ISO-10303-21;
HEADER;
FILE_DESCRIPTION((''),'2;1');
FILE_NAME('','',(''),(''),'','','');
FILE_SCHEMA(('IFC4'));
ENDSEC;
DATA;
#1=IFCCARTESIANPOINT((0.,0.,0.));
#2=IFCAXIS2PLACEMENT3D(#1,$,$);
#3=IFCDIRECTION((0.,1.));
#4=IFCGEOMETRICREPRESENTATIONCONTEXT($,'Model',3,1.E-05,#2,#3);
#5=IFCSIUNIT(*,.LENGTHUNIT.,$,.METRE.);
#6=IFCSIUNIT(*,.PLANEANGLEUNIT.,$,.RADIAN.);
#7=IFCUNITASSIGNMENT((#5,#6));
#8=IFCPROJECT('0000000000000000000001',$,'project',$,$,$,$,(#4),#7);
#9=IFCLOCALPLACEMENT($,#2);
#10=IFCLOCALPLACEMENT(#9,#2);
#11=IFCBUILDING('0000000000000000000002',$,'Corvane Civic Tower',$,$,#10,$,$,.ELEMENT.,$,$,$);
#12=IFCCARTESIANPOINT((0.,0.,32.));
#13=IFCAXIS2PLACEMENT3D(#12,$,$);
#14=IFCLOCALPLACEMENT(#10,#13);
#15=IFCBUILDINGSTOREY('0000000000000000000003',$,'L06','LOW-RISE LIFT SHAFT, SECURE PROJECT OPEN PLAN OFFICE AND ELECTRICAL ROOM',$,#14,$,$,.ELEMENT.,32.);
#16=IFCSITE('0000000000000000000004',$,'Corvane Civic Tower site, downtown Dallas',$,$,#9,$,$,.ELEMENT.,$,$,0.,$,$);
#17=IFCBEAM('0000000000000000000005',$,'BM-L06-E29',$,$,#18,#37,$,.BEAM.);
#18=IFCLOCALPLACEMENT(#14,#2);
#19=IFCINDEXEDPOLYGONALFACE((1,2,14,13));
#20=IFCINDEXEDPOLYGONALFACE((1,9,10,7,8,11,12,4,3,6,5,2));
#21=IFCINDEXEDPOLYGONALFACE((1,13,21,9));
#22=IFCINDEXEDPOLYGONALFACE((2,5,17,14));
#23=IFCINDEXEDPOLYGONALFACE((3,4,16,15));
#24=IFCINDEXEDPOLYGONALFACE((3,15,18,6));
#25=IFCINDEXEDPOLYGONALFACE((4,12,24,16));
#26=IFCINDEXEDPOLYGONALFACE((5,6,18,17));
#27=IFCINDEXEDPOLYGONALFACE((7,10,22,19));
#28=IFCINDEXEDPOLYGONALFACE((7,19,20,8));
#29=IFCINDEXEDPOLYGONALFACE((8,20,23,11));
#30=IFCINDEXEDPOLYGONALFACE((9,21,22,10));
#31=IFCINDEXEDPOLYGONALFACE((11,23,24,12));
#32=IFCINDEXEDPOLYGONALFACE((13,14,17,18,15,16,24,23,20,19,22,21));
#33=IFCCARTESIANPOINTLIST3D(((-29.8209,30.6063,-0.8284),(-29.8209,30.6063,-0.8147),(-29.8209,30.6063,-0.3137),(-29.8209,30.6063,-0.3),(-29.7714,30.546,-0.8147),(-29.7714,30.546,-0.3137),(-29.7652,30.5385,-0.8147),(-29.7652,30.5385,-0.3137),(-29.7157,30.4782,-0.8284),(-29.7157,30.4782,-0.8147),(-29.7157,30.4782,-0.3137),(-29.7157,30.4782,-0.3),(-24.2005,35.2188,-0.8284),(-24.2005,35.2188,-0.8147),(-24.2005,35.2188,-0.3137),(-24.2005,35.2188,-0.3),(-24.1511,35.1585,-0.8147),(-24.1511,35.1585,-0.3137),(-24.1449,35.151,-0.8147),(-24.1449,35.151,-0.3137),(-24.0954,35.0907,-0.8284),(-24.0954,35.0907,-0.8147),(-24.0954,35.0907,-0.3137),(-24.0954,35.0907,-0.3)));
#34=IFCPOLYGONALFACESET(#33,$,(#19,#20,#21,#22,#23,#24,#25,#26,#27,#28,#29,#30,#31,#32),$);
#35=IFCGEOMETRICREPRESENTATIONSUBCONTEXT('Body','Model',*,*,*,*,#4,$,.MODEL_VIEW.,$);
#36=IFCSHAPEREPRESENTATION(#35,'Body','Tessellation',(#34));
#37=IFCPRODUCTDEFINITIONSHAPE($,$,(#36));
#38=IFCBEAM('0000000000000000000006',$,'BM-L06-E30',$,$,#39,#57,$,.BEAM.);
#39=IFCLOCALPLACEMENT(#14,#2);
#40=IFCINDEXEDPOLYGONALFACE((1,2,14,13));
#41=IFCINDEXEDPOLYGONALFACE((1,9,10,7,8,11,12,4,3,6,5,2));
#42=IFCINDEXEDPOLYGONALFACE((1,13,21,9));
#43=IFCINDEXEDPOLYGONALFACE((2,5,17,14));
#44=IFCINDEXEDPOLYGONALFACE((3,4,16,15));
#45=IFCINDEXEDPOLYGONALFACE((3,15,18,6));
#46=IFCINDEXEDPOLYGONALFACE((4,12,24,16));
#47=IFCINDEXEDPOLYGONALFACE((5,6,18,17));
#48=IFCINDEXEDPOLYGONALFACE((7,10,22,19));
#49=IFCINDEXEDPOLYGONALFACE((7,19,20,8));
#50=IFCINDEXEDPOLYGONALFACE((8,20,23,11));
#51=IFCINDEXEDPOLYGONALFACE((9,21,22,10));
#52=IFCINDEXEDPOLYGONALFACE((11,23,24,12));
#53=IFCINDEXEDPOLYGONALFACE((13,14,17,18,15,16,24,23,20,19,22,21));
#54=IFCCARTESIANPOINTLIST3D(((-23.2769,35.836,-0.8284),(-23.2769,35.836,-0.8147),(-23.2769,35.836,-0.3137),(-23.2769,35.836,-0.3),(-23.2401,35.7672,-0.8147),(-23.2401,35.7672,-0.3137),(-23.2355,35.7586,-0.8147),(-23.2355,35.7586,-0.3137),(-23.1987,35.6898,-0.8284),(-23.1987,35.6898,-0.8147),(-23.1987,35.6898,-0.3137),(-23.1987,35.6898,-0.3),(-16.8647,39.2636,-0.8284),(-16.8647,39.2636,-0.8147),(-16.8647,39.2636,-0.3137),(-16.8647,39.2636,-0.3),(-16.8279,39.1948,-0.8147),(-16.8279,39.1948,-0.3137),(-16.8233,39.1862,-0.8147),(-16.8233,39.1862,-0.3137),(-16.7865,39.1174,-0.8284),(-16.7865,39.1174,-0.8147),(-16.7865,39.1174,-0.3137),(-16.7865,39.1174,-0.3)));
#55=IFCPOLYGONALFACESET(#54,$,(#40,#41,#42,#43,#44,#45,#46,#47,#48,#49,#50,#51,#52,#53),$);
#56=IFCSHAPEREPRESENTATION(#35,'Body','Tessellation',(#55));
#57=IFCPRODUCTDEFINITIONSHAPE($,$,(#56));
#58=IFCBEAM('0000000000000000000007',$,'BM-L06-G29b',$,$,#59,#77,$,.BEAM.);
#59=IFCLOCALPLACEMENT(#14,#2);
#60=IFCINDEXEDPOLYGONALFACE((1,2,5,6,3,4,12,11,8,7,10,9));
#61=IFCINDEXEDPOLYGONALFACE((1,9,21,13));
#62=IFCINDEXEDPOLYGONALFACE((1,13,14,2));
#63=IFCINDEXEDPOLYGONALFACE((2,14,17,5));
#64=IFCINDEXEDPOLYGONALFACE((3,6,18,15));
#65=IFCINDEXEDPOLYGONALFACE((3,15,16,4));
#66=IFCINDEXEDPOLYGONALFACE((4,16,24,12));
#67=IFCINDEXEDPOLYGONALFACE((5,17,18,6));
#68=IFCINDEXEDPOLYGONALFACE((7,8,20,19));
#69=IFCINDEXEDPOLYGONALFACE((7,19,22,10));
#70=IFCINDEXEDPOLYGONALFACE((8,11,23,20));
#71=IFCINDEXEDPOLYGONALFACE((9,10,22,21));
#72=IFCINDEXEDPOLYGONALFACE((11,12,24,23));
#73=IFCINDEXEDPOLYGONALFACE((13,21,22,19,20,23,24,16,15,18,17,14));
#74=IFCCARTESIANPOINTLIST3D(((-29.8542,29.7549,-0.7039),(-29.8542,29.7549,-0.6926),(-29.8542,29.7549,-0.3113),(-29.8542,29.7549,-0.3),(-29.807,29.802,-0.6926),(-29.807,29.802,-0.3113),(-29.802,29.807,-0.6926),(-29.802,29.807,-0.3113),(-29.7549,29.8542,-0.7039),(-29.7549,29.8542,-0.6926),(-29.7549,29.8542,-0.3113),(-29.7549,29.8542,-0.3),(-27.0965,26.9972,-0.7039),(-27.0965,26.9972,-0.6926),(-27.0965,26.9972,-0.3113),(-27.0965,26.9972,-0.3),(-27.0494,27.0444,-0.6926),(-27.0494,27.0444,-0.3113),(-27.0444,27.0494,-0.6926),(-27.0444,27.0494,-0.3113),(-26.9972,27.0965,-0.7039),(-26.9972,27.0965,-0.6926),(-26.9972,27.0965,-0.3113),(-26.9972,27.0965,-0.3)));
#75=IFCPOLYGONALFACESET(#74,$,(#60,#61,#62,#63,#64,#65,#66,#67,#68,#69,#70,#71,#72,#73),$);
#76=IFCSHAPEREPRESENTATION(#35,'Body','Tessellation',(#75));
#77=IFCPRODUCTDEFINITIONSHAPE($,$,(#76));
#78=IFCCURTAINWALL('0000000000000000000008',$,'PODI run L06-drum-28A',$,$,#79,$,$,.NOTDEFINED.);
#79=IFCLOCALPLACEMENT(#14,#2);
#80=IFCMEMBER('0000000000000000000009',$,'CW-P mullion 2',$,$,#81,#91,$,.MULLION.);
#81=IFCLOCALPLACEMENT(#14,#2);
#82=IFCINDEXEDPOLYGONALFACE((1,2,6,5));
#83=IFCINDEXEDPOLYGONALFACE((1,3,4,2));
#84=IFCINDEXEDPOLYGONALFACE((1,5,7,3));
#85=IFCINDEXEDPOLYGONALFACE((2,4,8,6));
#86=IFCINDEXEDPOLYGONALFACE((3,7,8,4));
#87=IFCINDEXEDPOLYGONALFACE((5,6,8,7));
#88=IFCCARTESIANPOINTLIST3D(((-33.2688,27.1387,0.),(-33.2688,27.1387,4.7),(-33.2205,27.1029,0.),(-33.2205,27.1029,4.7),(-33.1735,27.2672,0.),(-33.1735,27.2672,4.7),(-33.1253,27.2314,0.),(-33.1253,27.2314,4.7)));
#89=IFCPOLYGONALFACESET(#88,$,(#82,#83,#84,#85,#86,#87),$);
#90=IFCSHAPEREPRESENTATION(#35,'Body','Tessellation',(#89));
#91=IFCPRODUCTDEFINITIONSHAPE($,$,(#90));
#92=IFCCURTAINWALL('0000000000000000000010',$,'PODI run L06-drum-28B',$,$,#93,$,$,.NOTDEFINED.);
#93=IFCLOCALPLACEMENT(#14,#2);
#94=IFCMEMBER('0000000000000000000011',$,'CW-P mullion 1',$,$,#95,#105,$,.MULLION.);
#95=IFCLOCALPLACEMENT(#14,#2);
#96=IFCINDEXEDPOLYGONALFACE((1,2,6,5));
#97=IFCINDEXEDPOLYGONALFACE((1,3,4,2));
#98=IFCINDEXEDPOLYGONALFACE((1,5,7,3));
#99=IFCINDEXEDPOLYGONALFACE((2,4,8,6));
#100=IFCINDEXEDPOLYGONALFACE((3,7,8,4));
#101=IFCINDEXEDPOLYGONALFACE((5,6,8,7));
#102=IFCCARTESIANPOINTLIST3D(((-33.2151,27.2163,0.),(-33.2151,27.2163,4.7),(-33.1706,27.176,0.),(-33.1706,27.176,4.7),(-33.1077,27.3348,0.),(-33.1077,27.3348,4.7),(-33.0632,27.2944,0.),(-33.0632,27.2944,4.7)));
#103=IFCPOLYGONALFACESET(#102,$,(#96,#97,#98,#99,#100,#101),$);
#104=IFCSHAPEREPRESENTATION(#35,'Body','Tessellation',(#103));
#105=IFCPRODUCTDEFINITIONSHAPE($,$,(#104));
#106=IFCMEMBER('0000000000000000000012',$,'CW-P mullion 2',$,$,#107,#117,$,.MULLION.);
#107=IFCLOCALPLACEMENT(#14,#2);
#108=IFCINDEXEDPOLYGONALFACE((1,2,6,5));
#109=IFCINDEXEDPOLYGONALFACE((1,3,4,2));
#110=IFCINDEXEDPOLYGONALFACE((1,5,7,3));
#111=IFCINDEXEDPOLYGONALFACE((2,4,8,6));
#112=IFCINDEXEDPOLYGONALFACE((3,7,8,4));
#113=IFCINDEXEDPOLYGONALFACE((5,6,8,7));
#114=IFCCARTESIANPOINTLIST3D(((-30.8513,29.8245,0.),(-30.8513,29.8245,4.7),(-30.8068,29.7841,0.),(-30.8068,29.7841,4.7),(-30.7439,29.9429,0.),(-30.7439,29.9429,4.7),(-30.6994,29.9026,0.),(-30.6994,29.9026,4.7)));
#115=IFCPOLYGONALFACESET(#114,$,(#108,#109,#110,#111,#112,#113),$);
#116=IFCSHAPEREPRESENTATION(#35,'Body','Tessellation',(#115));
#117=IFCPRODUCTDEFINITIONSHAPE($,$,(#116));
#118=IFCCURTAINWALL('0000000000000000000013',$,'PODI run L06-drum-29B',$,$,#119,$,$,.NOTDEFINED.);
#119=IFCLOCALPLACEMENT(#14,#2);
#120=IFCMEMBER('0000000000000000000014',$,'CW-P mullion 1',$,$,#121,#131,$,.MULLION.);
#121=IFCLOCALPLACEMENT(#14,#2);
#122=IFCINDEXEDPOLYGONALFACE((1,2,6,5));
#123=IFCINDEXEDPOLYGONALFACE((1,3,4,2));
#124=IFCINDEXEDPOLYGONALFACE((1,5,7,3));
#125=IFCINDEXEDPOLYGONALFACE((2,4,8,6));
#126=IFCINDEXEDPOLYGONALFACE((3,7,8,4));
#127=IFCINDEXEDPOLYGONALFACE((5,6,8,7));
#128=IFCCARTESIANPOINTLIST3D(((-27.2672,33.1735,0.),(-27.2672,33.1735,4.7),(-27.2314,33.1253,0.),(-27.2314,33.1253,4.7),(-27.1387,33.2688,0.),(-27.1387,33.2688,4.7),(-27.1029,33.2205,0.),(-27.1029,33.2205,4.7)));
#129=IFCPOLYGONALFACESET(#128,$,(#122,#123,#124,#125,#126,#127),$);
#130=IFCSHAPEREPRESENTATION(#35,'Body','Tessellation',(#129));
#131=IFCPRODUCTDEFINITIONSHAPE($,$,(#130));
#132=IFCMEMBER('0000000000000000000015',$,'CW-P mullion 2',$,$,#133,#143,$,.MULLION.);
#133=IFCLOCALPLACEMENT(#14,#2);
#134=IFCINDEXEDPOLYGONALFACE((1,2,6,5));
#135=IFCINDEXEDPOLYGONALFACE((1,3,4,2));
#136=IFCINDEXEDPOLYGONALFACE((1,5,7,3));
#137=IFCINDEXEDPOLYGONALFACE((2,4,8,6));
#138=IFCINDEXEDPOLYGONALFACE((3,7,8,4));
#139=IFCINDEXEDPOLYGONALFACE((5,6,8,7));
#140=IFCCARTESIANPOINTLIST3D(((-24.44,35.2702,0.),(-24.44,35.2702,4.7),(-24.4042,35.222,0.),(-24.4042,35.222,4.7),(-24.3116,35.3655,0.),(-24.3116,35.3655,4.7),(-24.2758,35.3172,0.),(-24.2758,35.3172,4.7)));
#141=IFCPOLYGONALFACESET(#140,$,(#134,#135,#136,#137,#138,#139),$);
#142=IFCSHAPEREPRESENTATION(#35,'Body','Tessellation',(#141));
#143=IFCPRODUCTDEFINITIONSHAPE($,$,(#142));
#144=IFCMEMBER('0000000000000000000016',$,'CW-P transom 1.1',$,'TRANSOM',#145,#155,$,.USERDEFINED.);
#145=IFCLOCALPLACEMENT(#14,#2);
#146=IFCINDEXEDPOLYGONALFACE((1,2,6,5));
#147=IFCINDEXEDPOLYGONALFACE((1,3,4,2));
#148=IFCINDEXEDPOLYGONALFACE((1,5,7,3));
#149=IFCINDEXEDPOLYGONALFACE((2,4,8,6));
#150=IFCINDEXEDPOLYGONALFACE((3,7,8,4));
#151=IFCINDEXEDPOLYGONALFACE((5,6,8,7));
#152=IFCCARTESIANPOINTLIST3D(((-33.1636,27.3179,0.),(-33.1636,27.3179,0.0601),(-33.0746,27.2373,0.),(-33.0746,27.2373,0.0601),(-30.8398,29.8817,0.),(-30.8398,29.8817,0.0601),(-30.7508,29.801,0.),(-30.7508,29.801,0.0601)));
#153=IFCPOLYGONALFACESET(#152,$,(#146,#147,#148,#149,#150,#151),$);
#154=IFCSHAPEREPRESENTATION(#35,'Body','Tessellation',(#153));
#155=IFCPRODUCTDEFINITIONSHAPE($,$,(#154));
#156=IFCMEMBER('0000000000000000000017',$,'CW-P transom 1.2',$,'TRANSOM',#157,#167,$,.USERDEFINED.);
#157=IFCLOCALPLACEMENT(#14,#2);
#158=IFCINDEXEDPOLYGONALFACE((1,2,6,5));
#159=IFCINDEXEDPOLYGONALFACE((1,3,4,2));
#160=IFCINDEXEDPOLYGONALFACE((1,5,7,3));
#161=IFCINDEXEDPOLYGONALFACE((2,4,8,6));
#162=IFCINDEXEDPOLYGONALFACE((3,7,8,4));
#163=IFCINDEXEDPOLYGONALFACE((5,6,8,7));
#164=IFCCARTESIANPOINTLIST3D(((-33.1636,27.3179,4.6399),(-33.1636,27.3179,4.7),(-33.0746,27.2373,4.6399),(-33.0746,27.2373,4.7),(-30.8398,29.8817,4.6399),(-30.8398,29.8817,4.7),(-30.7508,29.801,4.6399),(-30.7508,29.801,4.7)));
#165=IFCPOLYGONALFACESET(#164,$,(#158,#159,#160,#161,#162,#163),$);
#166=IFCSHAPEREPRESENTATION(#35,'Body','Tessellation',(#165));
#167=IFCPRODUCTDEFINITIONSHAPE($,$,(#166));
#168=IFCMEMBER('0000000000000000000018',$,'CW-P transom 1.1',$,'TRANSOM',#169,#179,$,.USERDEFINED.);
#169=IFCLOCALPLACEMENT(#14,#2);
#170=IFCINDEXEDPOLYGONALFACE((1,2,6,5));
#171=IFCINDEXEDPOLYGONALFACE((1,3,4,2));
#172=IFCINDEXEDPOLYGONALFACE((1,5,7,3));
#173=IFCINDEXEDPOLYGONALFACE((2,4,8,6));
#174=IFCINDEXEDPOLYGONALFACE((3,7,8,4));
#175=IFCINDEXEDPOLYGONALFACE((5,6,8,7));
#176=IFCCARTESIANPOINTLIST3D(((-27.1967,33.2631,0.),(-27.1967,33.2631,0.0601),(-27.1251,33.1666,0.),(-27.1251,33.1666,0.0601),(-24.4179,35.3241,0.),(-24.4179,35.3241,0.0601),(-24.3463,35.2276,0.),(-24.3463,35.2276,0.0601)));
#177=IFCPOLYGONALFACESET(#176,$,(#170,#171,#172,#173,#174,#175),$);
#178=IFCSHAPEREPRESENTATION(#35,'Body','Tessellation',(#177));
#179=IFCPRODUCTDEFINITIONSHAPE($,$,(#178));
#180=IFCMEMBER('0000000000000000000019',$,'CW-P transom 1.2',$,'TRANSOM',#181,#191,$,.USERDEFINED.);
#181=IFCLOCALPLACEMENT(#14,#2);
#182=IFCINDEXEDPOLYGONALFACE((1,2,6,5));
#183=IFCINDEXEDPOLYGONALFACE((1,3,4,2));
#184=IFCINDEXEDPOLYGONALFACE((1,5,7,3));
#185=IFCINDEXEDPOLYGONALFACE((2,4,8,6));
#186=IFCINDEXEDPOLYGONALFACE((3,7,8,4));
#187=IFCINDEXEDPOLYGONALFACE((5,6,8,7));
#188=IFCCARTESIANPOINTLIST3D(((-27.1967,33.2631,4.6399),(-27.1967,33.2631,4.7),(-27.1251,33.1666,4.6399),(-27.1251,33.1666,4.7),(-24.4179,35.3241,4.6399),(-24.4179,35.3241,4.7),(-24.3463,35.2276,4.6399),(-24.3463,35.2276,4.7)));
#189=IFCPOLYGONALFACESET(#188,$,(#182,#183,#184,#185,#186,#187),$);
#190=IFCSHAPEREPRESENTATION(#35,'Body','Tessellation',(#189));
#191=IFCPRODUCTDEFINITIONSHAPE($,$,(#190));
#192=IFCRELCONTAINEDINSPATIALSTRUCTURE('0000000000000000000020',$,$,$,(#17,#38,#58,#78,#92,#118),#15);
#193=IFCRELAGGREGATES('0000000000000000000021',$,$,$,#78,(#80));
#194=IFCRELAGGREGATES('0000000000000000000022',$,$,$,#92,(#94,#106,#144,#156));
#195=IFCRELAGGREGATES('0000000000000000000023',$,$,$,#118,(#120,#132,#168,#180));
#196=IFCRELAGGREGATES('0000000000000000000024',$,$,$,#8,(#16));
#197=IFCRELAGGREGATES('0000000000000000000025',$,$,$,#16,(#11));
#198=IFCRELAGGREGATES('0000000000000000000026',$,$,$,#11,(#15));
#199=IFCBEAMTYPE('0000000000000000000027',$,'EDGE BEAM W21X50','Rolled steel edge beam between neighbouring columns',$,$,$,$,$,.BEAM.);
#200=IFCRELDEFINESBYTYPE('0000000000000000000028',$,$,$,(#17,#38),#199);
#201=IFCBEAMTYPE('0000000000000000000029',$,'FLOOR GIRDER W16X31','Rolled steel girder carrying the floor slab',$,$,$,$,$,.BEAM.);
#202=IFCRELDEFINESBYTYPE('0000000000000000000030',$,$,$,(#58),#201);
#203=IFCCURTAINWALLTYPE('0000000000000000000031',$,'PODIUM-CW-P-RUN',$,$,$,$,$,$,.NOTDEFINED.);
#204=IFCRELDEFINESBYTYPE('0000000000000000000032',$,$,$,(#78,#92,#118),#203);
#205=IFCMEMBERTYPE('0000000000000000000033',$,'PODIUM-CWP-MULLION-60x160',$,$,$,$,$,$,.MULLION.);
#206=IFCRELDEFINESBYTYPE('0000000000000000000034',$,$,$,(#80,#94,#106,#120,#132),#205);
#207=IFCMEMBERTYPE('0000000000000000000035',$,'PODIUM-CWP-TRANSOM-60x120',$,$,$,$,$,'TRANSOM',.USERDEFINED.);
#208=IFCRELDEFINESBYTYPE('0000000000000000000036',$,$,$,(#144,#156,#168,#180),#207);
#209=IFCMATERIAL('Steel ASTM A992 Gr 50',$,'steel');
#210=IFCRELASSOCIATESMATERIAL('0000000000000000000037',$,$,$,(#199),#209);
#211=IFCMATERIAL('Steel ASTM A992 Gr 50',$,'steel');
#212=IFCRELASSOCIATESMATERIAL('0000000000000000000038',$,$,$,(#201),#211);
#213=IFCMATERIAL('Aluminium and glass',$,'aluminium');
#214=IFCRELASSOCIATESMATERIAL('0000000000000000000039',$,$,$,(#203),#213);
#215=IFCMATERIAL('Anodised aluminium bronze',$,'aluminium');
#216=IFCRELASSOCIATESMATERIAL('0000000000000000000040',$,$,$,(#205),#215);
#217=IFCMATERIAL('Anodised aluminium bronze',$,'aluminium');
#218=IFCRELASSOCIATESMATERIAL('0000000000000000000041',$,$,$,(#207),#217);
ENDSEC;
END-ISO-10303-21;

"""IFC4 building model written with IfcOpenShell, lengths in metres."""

from ifc_helpers import new_model, si_unit, direction, frame, origin, origin_2d, place, context, subcontext, project, spatial, rectangle, i_section, extrude, material, material_profile, profile_set, type_object, element, aggregate, save


model = new_model("IFC4")

# Units and contexts
model_context = context("Model", 3, precision=1e-05, world=origin(), true_north=direction((0.0, 1.0)))
body_context = subcontext(model_context, "Body", "Model", "MODEL_VIEW")
ifc_project = project(units=[si_unit("LENGTHUNIT", "METRE"), si_unit("PLANEANGLEUNIT", "RADIAN")], contexts=[model_context])

# Site, building, storey
site_placement = place(None, origin())
site = spatial("IfcSite", under=ifc_project, at=site_placement, Name="Corvane Civic Tower site, downtown Dallas", CompositionType="ELEMENT", RefElevation=0.0)
building_placement = place(site_placement, origin())
building = spatial("IfcBuilding", under=site, at=building_placement, Name="Corvane Civic Tower", CompositionType="ELEMENT")
storey_placement = place(building_placement, frame((0.0, 0.0, 32.0)))
storey = spatial("IfcBuildingStorey", under=building, at=storey_placement, Name="L06", Description="LOW-RISE LIFT SHAFT, SECURE PROJECT OPEN PLAN OFFICE AND ELECTRICAL ROOM", CompositionType="ELEMENT", Elevation=32.0)

# Beams
ifc_material_1 = material(Name="Steel ASTM A992 Gr 50", Category="steel")
ifc_material_profile_1 = material_profile(ifc_material_1, i_section(OverallWidth=0.1658, OverallDepth=0.5283, WebThickness=0.0098, FlangeThickness=0.0137, at=origin_2d()), Name="W21X50")
ifc_profile_set_1 = profile_set([ifc_material_profile_1], Name="Steel ASTM A992 Gr 50")
beam_type_1 = type_object("IfcBeamType", Name="EDGE BEAM W21X50", Description="Rolled steel edge beam between neighbouring columns", PredefinedType="BEAM", material=ifc_profile_set_1)
for number, where, z_axis, x_axis, name in (
    (1, (-29.7683, 30.5422, -0.5642), (0.773008, 0.634396, 0.0), (-0.634396, 0.773008, 0.0), "BM-L06-E29"),
    (2, (-23.2378, 35.7629, -0.5642), (0.881913, 0.471412, 0.0), (-0.471412, 0.881913, 0.0), "BM-L06-E30"),
):
    element("IfcBeam", number, at=place(storey_placement, frame(where, z_axis=z_axis, x_axis=x_axis)), inside=storey, type_object=beam_type_1, Name=name, PredefinedType="BEAM", context=body_context, shape_type="SweptSolid", body=[
        extrude(i_section(OverallWidth=0.1658, OverallDepth=0.5283, WebThickness=0.0098, FlangeThickness=0.0137, at=origin_2d()), origin(), (0.0, 0.0, 1.0), 7.2708),
    ])
ifc_material_2 = material(Name="Steel ASTM A992 Gr 50", Category="steel")
ifc_material_profile_2 = material_profile(ifc_material_2, i_section(OverallWidth=0.1404, OverallDepth=0.4038, WebThickness=0.0071, FlangeThickness=0.0112, at=origin_2d()), Name="W16X31")
ifc_profile_set_2 = profile_set([ifc_material_profile_2], Name="Steel ASTM A992 Gr 50")
beam_type_2 = type_object("IfcBeamType", Name="FLOOR GIRDER W16X31", Description="Rolled steel girder carrying the floor slab", PredefinedType="BEAM", material=ifc_profile_set_2)
beam_placement = place(storey_placement, frame((-27.0469, 27.0469, -0.502), z_axis=(-0.707107, 0.707107, 0.0), x_axis=(-0.707107, -0.707107, 0.0)))
element("IfcBeam", 3, at=beam_placement, inside=storey, type_object=beam_type_2, Name="BM-L06-G29b", PredefinedType="BEAM", context=body_context, shape_type="SweptSolid", body=[
    extrude(i_section(OverallWidth=0.1404, OverallDepth=0.4038, WebThickness=0.0071, FlangeThickness=0.0112, at=origin_2d()), origin(), (0.0, 0.0, 1.0), 3.8999),
])

# Curtain wall, member
ifc_material_3 = material(Name="Aluminium and glass", Category="aluminium")
curtain_wall_type = type_object("IfcCurtainWallType", Name="PODIUM-CW-P-RUN", PredefinedType="NOTDEFINED", material=ifc_material_3)
curtain_wall_1_placement = place(storey_placement, origin())
curtain_wall_1 = element("IfcCurtainWall", 4, at=curtain_wall_1_placement, inside=storey, type_object=curtain_wall_type, Name="PODI run L06-drum-28A", PredefinedType="NOTDEFINED")
ifc_material_4 = material(Name="Anodised aluminium bronze", Category="aluminium")
ifc_material_profile_3 = material_profile(ifc_material_4, rectangle(XDim=0.0601, YDim=0.1599, at=origin_2d()), Name="AL 60x160")
ifc_profile_set_3 = profile_set([ifc_material_profile_3], Name="Anodised aluminium bronze")
member_type_1 = type_object("IfcMemberType", Name="PODIUM-CWP-MULLION-60x160", PredefinedType="MULLION", material=ifc_profile_set_3)
member_1_placement = place(storey_placement, frame((-33.197, 27.1851, 0.0), z_axis=(0.0, 0.0, 1.0), x_axis=(-0.803203, 0.595705, 0.0)))
member_1 = element("IfcMember", 5, at=member_1_placement, type_object=member_type_1, Name="CW-P mullion 2", PredefinedType="MULLION", context=body_context, shape_type="SweptSolid", body=[
    extrude(rectangle(XDim=0.0601, YDim=0.1599, at=origin_2d()), origin(), (0.0, 0.0, 1.0), 4.7),
])
aggregate(curtain_wall_1, [member_1])

# Curtain walls, members
curtain_wall_2_placement = place(storey_placement, origin())
curtain_wall_2 = element("IfcCurtainWall", 6, at=curtain_wall_2_placement, inside=storey, type_object=curtain_wall_type, Name="PODI run L06-drum-28B", PredefinedType="NOTDEFINED")
member_2_placement = place(storey_placement, frame((-33.1392, 27.2554, 0.0), z_axis=(0.0, 0.0, 1.0), x_axis=(-0.740935, 0.671576, 0.0)))
member_2 = element("IfcMember", 7, at=member_2_placement, type_object=member_type_1, Name="CW-P mullion 1", PredefinedType="MULLION", context=body_context, shape_type="SweptSolid", body=[
    extrude(rectangle(XDim=0.0601, YDim=0.1599, at=origin_2d()), origin(), (0.0, 0.0, 1.0), 4.7),
])
member_3_placement = place(storey_placement, frame((-30.7754, 29.8635, 0.0), z_axis=(0.0, 0.0, 1.0), x_axis=(-0.740935, 0.671576, 0.0)))
member_3 = element("IfcMember", 8, at=member_3_placement, type_object=member_type_1, Name="CW-P mullion 2", PredefinedType="MULLION", context=body_context, shape_type="SweptSolid", body=[
    extrude(rectangle(XDim=0.0601, YDim=0.1599, at=origin_2d()), origin(), (0.0, 0.0, 1.0), 4.7),
])
curtain_wall_3_placement = place(storey_placement, origin())
curtain_wall_3 = element("IfcCurtainWall", 9, at=curtain_wall_3_placement, inside=storey, type_object=curtain_wall_type, Name="PODI run L06-drum-29B", PredefinedType="NOTDEFINED")
member_4_placement = place(storey_placement, frame((-27.1851, 33.197, 0.0), z_axis=(0.0, 0.0, 1.0), x_axis=(-0.595705, 0.803203, 0.0)))
member_4 = element("IfcMember", 10, at=member_4_placement, type_object=member_type_1, Name="CW-P mullion 1", PredefinedType="MULLION", context=body_context, shape_type="SweptSolid", body=[
    extrude(rectangle(XDim=0.0601, YDim=0.1599, at=origin_2d()), origin(), (0.0, 0.0, 1.0), 4.7),
])
member_5_placement = place(storey_placement, frame((-24.3579, 35.2937, 0.0), z_axis=(0.0, 0.0, 1.0), x_axis=(-0.595705, 0.803203, 0.0)))
member_5 = element("IfcMember", 11, at=member_5_placement, type_object=member_type_1, Name="CW-P mullion 2", PredefinedType="MULLION", context=body_context, shape_type="SweptSolid", body=[
    extrude(rectangle(XDim=0.0601, YDim=0.1599, at=origin_2d()), origin(), (0.0, 0.0, 1.0), 4.7),
])

# Members
ifc_material_5 = material(Name="Anodised aluminium bronze", Category="aluminium")
ifc_material_profile_4 = material_profile(ifc_material_5, rectangle(XDim=0.1201, YDim=0.0601, at=origin_2d()), Name="AL 120x60")
ifc_profile_set_4 = profile_set([ifc_material_profile_4], Name="Anodised aluminium bronze")
member_type_2 = type_object("IfcMemberType", Name="PODIUM-CWP-TRANSOM-60x120", ElementType="TRANSOM", PredefinedType="USERDEFINED", material=ifc_profile_set_4)
member_6_placement = place(storey_placement, frame((-33.1191, 27.2776, 0.03), z_axis=(0.671576, 0.740935, 0.0), x_axis=(-0.740935, 0.671576, 0.0)))
member_6 = element("IfcMember", 12, at=member_6_placement, type_object=member_type_2, Name="CW-P transom 1.1", ObjectType="TRANSOM", PredefinedType="USERDEFINED", context=body_context, shape_type="SweptSolid", body=[
    extrude(rectangle(XDim=0.1201, YDim=0.0601, at=origin_2d()), origin(), (0.0, 0.0, 1.0), 3.4602),
])
member_7_placement = place(storey_placement, frame((-33.1191, 27.2776, 4.6699), z_axis=(0.671576, 0.740935, 0.0), x_axis=(-0.740935, 0.671576, 0.0)))
member_7 = element("IfcMember", 13, at=member_7_placement, type_object=member_type_2, Name="CW-P transom 1.2", ObjectType="TRANSOM", PredefinedType="USERDEFINED", context=body_context, shape_type="SweptSolid", body=[
    extrude(rectangle(XDim=0.1201, YDim=0.0601, at=origin_2d()), origin(), (0.0, 0.0, 1.0), 3.4602),
])
member_8_placement = place(storey_placement, frame((-27.1609, 33.2148, 0.03), z_axis=(0.80319, 0.595724, 0.0), x_axis=(-0.595724, 0.80319, 0.0)))
member_8 = element("IfcMember", 14, at=member_8_placement, type_object=member_type_2, Name="CW-P transom 1.1", ObjectType="TRANSOM", PredefinedType="USERDEFINED", context=body_context, shape_type="SweptSolid", body=[
    extrude(rectangle(XDim=0.1201, YDim=0.0601, at=origin_2d()), origin(), (0.0, 0.0, 1.0), 3.4597),
])
member_9_placement = place(storey_placement, frame((-27.1609, 33.2148, 4.6699), z_axis=(0.80319, 0.595724, 0.0), x_axis=(-0.595724, 0.80319, 0.0)))
member_9 = element("IfcMember", 15, at=member_9_placement, type_object=member_type_2, Name="CW-P transom 1.2", ObjectType="TRANSOM", PredefinedType="USERDEFINED", context=body_context, shape_type="SweptSolid", body=[
    extrude(rectangle(XDim=0.1201, YDim=0.0601, at=origin_2d()), origin(), (0.0, 0.0, 1.0), 3.4597),
])

aggregate(curtain_wall_2, [member_2, member_3, member_6, member_7])
aggregate(curtain_wall_3, [member_4, member_5, member_8, member_9])

save(model, "model.ifc")
